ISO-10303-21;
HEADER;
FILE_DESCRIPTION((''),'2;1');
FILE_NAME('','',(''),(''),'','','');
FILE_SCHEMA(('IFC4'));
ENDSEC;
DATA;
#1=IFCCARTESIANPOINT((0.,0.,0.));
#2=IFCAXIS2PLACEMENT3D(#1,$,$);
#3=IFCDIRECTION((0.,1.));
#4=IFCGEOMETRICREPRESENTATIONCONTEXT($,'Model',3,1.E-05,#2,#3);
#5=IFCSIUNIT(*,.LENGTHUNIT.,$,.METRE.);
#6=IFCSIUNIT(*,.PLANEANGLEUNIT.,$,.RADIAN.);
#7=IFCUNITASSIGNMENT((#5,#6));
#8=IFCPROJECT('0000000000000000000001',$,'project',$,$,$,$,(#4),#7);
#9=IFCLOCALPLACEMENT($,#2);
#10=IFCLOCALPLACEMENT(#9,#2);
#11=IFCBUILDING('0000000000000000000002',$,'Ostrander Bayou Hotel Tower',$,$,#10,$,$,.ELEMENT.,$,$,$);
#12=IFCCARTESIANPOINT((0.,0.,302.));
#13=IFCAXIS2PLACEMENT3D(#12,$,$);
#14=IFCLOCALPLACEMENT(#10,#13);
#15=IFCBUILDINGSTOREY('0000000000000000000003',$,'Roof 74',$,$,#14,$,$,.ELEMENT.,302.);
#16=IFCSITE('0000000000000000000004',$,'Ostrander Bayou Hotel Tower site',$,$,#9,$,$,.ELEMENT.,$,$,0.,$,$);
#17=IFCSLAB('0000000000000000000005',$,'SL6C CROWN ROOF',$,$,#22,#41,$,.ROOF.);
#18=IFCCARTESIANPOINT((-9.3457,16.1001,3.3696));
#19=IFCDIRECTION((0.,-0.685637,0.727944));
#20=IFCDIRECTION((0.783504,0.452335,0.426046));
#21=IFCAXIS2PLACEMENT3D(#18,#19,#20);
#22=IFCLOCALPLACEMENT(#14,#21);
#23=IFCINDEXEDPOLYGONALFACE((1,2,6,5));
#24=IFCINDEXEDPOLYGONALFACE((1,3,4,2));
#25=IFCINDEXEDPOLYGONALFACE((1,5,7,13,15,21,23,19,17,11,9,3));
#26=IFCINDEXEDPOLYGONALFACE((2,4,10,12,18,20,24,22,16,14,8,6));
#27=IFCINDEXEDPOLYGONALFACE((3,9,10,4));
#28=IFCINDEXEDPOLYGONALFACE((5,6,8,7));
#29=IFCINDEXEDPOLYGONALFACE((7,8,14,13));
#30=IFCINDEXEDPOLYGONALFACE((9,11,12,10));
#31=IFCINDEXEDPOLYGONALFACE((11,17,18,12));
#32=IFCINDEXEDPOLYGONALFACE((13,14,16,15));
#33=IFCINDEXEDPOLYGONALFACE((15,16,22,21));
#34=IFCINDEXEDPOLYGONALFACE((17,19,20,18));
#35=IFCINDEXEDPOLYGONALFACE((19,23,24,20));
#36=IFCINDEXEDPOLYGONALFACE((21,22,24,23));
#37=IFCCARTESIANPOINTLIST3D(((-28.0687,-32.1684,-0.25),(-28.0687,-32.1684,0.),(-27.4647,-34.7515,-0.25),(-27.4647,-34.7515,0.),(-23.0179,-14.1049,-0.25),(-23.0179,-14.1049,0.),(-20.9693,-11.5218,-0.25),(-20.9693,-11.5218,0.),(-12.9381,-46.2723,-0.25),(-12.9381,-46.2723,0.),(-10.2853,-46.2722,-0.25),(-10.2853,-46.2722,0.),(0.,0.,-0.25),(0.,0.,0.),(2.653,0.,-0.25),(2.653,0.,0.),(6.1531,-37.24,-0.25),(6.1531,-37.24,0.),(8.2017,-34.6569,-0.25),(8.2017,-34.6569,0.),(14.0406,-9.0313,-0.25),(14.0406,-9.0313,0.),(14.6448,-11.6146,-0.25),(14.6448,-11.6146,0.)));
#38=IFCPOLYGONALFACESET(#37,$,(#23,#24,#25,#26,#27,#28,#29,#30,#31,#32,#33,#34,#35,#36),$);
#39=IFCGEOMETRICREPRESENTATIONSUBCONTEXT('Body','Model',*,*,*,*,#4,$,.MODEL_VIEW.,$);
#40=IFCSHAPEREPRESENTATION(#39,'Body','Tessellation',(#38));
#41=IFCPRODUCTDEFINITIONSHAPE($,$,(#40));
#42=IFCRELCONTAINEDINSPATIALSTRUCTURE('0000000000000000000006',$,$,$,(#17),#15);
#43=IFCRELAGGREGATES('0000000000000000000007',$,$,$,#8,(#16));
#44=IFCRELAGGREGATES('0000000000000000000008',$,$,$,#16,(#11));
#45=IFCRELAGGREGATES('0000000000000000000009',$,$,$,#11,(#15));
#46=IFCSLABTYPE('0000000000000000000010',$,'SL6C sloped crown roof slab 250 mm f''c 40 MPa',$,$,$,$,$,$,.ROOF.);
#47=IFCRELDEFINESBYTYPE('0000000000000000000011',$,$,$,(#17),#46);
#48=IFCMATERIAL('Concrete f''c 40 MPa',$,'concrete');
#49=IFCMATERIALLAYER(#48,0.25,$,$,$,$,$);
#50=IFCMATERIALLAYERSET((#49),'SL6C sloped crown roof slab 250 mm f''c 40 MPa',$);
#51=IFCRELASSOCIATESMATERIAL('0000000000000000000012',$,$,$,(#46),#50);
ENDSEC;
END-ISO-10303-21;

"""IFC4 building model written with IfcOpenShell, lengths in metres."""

from ifc_helpers import new_model, si_unit, direction, frame, origin, place, context, subcontext, project, spatial, polyline, outline, extrude, material, layer, layer_set, type_object, element, save


model = new_model("IFC4")

# Units and contexts
model_context = context("Model", 3, precision=1e-05, world=origin(), true_north=direction((0.0, 1.0)))
body_context = subcontext(model_context, "Body", "Model", "MODEL_VIEW")
ifc_project = project(units=[si_unit("LENGTHUNIT", "METRE"), si_unit("PLANEANGLEUNIT", "RADIAN")], contexts=[model_context])

# Site, building, storey
site_placement = place(None, origin())
site = spatial("IfcSite", under=ifc_project, at=site_placement, Name="Ostrander Bayou Hotel Tower site", CompositionType="ELEMENT", RefElevation=0.0)
building_placement = place(site_placement, origin())
building = spatial("IfcBuilding", under=site, at=building_placement, Name="Ostrander Bayou Hotel Tower", CompositionType="ELEMENT")
storey_placement = place(building_placement, frame((0.0, 0.0, 302.0)))
storey = spatial("IfcBuildingStorey", under=building, at=storey_placement, Name="Roof 74", CompositionType="ELEMENT", Elevation=302.0)

# Slab
ifc_material_1 = material(Name="Concrete f'c 40 MPa", Category="concrete")
ifc_layer_1 = layer(ifc_material_1, 0.25)
ifc_layer_set_1 = layer_set([ifc_layer_1], Name="SL6C sloped crown roof slab 250 mm f'c 40 MPa")
slab_type = type_object("IfcSlabType", Name="SL6C sloped crown roof slab 250 mm f'c 40 MPa", PredefinedType="ROOF", material=ifc_layer_set_1)
slab_placement = place(storey_placement, frame((-9.3457, 16.1001, 3.3696), z_axis=(0.0, -0.685637, 0.727944), x_axis=(0.783504, 0.452335, 0.426046)))
element("IfcSlab", 1, at=slab_placement, inside=storey, type_object=slab_type, Name="SL6C CROWN ROOF", PredefinedType="ROOF", context=body_context, shape_type="SweptSolid", body=[
    extrude(outline(polyline([(0.0, 0.0), (2.653, 0.0), (14.0406, -9.0313), (14.6448, -11.6146), (8.2017, -34.6569), (6.1531, -37.24), (-10.2853, -46.2722), (-12.9381, -46.2723), (-27.4647, -34.7515), (-28.0687, -32.1684), (-23.0179, -14.1049), (-20.9693, -11.5218), (0.0, 0.0)])), origin(), (0.0, 0.0, -1.0), 0.25),
])

save(model, "model.ifc")
